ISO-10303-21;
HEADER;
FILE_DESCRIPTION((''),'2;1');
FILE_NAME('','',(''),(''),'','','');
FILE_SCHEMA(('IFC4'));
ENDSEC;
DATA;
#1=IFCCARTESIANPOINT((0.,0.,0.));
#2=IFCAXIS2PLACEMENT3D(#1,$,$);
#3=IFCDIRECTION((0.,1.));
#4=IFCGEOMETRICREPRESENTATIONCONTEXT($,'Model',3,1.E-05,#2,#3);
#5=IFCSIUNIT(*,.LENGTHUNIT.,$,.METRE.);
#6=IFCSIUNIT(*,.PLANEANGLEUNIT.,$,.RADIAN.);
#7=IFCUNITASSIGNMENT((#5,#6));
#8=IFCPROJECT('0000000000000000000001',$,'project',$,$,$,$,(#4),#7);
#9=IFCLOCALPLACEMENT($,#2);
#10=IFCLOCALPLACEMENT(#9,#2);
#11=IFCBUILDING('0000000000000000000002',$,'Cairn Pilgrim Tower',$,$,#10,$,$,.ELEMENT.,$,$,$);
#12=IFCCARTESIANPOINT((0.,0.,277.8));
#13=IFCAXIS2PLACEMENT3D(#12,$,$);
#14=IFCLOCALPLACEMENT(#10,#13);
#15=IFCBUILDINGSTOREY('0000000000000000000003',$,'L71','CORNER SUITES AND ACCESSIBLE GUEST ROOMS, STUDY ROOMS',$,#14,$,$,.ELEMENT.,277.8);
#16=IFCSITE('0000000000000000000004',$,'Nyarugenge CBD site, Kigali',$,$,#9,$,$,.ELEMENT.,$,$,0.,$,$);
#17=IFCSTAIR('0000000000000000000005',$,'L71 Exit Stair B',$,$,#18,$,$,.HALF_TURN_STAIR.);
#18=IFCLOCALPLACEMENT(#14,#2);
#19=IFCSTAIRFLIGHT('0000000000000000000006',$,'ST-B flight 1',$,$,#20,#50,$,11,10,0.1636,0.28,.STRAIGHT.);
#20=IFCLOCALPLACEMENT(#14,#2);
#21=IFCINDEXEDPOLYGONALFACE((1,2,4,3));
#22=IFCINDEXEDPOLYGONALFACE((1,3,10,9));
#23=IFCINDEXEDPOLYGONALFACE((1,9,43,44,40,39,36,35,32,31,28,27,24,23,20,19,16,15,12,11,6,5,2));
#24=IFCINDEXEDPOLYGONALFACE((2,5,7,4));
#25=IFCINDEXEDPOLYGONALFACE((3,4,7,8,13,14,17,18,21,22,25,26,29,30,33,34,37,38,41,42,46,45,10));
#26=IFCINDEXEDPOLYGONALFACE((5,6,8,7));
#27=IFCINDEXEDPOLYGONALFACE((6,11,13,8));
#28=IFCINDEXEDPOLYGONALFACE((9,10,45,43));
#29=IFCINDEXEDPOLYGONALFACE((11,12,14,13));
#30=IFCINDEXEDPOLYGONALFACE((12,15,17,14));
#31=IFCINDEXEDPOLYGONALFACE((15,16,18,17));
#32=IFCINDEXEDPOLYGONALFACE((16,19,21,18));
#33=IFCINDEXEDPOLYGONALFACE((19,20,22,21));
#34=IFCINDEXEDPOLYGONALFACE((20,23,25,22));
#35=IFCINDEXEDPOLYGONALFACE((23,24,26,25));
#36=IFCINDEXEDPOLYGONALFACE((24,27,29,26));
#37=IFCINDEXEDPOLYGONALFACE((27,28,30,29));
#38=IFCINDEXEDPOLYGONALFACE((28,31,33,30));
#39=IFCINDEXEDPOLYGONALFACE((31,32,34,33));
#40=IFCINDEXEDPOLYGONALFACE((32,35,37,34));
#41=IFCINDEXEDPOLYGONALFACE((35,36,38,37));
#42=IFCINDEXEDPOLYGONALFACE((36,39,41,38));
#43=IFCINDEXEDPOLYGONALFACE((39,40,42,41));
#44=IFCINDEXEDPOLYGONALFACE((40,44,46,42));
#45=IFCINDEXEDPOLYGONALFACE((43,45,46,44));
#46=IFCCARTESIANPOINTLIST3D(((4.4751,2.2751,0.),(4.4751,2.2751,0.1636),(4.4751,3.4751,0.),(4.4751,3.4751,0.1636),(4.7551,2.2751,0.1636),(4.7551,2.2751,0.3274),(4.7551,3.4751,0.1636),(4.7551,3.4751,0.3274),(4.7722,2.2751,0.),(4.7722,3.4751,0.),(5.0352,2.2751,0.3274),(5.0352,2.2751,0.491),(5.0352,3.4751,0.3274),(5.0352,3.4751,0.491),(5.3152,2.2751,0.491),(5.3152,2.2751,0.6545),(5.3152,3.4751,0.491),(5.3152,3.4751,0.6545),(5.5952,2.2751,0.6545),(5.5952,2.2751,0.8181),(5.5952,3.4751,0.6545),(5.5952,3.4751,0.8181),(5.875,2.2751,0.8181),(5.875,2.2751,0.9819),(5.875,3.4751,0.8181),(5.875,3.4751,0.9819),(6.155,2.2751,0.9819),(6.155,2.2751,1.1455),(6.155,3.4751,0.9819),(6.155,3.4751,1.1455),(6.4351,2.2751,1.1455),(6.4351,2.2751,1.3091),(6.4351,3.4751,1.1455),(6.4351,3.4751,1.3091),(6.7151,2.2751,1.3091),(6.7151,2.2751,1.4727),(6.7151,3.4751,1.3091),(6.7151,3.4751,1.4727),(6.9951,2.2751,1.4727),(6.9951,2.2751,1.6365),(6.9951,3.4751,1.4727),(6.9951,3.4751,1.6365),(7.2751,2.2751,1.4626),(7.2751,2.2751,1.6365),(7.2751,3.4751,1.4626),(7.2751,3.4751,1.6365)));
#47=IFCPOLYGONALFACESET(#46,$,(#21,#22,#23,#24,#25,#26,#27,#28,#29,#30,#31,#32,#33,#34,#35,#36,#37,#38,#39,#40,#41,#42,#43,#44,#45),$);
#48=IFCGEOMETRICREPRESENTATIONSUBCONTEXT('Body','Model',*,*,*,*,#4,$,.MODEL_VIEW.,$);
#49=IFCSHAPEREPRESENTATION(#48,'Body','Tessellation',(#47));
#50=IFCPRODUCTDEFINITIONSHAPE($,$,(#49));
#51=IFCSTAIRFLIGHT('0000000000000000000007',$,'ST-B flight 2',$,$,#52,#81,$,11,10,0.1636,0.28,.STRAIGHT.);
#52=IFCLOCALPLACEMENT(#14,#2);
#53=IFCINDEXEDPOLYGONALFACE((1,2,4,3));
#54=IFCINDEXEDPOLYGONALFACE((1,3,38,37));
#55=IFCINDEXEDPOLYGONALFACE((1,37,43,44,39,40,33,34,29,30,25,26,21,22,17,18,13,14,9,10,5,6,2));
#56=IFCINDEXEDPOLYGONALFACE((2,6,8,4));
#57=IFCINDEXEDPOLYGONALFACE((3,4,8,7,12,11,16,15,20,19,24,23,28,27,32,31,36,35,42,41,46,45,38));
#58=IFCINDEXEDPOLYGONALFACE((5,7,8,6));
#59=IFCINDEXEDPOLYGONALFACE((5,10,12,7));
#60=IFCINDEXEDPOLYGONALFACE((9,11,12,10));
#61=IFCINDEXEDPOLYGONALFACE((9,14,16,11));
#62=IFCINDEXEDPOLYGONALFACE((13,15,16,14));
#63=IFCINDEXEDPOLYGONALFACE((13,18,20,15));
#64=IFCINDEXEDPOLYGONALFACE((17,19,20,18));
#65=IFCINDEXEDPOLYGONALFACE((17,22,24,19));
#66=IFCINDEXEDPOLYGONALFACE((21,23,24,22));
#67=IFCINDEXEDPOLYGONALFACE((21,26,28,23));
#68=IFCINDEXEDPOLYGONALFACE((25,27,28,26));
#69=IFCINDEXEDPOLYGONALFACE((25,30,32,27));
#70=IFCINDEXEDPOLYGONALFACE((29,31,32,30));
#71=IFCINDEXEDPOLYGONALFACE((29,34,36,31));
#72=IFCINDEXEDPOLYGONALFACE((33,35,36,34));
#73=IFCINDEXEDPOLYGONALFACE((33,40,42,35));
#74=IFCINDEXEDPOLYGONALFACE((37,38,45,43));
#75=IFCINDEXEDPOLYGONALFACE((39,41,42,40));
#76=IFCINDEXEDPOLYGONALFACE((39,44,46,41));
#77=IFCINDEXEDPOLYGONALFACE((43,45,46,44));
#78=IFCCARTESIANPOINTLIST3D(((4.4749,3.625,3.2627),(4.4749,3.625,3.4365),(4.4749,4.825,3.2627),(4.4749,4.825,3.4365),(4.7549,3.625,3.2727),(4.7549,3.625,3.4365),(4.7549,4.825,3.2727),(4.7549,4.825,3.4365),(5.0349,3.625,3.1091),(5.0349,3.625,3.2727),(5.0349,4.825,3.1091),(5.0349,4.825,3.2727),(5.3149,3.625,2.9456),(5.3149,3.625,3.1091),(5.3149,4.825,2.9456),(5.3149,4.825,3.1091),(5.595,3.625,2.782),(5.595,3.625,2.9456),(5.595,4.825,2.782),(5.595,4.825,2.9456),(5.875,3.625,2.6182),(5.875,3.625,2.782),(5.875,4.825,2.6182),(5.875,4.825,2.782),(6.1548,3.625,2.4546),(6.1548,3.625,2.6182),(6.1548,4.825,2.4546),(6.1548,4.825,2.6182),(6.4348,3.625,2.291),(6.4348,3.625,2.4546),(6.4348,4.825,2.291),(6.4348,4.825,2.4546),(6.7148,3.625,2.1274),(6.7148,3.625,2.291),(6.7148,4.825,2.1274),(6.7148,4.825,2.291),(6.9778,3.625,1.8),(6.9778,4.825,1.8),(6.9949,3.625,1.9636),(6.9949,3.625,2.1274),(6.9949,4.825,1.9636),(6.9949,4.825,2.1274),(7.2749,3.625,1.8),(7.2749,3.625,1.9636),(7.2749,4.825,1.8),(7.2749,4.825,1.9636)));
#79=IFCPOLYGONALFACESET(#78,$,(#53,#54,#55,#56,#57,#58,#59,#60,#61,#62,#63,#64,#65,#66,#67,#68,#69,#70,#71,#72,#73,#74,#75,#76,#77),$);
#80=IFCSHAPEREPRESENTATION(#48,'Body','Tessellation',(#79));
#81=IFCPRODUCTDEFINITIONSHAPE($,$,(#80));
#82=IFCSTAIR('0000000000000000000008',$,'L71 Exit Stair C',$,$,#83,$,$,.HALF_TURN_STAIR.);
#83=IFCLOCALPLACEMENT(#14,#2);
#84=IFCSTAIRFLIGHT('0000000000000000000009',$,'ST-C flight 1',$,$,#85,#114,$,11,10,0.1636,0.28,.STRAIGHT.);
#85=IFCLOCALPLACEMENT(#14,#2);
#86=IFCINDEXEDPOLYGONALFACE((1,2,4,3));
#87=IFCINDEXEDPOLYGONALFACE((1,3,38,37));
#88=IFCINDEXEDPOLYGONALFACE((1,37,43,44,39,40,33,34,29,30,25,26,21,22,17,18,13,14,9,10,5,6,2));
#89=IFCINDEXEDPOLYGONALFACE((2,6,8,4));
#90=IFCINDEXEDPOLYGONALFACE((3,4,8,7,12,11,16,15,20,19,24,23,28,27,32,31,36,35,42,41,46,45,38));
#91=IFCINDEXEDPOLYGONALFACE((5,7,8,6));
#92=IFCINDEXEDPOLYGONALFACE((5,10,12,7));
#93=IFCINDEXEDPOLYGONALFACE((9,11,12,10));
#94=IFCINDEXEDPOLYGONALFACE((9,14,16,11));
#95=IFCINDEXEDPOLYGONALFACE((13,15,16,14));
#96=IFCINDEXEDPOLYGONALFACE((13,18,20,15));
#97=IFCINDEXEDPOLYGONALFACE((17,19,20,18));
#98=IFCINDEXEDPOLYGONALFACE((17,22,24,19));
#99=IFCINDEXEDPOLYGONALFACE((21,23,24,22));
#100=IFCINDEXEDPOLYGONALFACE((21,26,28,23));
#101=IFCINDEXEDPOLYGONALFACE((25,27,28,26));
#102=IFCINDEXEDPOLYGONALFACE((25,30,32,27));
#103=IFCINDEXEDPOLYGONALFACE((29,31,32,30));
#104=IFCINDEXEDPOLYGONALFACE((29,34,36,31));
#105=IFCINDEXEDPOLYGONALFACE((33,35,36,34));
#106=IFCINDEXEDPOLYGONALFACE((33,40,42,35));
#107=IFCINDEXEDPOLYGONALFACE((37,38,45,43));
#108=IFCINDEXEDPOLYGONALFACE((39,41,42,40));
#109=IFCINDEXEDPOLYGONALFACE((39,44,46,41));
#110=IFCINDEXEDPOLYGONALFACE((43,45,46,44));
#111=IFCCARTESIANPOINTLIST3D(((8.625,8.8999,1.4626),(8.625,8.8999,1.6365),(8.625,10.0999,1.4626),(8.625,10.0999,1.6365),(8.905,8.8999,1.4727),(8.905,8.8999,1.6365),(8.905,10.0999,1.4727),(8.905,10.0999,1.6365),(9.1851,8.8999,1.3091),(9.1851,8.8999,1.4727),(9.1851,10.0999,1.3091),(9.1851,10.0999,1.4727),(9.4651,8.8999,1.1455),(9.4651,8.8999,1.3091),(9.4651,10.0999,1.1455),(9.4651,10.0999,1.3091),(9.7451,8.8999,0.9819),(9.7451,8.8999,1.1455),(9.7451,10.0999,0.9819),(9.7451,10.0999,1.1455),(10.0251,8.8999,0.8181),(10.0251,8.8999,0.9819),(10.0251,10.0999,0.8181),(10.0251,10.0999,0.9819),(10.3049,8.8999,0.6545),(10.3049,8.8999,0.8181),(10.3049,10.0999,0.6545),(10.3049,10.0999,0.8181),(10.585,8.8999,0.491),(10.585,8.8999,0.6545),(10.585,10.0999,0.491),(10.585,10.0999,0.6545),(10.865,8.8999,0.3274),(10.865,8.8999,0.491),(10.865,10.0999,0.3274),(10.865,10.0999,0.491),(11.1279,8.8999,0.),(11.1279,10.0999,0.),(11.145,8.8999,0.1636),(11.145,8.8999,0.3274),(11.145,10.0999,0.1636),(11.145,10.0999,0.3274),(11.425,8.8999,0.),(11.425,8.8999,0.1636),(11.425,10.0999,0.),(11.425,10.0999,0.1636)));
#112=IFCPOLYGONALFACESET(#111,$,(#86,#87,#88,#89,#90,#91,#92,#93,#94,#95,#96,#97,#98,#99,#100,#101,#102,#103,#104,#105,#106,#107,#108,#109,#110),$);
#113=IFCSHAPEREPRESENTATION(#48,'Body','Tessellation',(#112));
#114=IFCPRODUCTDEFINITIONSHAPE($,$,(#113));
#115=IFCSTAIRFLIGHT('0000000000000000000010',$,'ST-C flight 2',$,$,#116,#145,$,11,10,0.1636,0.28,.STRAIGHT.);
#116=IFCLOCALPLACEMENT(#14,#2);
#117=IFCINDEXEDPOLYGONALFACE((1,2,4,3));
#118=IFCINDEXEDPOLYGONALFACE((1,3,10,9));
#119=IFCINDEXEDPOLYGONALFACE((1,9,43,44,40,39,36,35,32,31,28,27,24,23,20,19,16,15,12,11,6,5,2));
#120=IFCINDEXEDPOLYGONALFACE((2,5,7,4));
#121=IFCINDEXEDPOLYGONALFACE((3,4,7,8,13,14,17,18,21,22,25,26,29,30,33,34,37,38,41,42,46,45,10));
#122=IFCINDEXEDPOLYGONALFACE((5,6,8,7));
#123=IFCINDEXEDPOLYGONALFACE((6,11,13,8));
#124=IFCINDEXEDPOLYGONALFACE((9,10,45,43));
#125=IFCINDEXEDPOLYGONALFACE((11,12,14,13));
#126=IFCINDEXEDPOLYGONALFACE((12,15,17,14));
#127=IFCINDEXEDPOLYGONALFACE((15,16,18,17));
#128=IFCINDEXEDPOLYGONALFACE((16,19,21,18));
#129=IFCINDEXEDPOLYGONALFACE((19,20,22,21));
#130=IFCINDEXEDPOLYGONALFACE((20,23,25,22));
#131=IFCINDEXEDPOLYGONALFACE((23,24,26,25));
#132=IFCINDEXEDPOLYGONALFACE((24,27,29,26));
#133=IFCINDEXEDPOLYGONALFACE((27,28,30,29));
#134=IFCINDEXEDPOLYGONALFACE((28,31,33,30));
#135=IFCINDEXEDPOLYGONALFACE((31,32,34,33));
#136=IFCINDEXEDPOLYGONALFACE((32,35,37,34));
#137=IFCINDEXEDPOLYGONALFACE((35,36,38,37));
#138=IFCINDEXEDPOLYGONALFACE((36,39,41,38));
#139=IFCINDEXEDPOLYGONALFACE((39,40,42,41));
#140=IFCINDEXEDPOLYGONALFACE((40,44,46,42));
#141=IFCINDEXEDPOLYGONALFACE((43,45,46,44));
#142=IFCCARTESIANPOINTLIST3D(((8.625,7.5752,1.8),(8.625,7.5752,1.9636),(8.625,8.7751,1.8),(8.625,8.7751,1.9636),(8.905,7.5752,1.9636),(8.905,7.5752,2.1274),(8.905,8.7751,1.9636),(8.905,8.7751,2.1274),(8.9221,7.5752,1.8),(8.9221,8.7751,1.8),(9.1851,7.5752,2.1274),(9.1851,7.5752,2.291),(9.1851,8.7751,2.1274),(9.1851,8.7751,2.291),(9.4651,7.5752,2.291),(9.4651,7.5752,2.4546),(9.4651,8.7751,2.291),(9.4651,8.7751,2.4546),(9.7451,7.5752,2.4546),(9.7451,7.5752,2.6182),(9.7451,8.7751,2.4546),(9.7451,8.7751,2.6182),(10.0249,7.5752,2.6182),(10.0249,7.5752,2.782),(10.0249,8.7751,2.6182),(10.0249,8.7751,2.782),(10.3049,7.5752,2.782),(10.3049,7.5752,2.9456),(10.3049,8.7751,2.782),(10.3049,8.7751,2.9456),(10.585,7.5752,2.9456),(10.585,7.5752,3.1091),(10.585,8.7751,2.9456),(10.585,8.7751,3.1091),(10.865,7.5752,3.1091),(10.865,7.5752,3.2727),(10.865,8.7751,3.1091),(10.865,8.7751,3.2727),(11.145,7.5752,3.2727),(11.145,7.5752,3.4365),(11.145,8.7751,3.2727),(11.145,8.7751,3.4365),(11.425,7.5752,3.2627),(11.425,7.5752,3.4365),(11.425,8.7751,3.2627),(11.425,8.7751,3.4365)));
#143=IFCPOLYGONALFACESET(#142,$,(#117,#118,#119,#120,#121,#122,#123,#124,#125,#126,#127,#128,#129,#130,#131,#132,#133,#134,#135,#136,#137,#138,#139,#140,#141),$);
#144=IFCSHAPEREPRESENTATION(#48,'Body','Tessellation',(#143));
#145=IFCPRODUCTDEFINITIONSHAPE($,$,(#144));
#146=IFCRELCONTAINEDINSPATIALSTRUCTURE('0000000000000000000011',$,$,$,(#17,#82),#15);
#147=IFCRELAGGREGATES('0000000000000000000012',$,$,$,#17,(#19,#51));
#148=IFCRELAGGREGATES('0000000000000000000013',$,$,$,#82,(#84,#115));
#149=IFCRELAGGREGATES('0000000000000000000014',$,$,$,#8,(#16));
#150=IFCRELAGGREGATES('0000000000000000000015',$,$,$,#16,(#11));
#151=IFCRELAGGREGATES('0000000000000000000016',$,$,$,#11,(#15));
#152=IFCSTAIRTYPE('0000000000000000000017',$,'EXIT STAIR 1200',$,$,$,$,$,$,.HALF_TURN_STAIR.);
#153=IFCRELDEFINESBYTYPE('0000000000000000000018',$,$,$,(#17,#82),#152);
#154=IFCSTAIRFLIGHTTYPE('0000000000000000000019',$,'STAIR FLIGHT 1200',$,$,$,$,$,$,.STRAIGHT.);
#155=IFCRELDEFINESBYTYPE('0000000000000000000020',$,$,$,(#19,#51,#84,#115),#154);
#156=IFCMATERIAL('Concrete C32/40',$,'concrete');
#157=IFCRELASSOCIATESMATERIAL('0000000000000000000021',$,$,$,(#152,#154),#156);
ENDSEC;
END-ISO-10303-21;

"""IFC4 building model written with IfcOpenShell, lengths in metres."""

from ifc_helpers import new_model, si_unit, direction, frame, origin, place, context, subcontext, project, spatial, polyline, outline, extrude, material, type_object, element, aggregate, save


model = new_model("IFC4")

# Units and contexts
model_context = context("Model", 3, precision=1e-05, world=origin(), true_north=direction((0.0, 1.0)))
body_context = subcontext(model_context, "Body", "Model", "MODEL_VIEW")
ifc_project = project(units=[si_unit("LENGTHUNIT", "METRE"), si_unit("PLANEANGLEUNIT", "RADIAN")], contexts=[model_context])

# Site, building, storey
site_placement = place(None, origin())
site = spatial("IfcSite", under=ifc_project, at=site_placement, Name="Nyarugenge CBD site, Kigali", CompositionType="ELEMENT", RefElevation=0.0)
building_placement = place(site_placement, origin())
building = spatial("IfcBuilding", under=site, at=building_placement, Name="Cairn Pilgrim Tower", CompositionType="ELEMENT")
storey_placement = place(building_placement, frame((0.0, 0.0, 277.8)))
storey = spatial("IfcBuildingStorey", under=building, at=storey_placement, Name="L71", Description="CORNER SUITES AND ACCESSIBLE GUEST ROOMS, STUDY ROOMS", CompositionType="ELEMENT", Elevation=277.8)

# Shared definitions
ifc_material_1 = material(Name="Concrete C32/40", Category="concrete")

# Stairs, stair flights
stair_type = type_object("IfcStairType", Name="EXIT STAIR 1200", PredefinedType="HALF_TURN_STAIR", material=ifc_material_1)
stair_1_placement = place(storey_placement, origin())
stair_1 = element("IfcStair", 1, at=stair_1_placement, inside=storey, type_object=stair_type, Name="L71 Exit Stair B", PredefinedType="HALF_TURN_STAIR")
stair_flight_type = type_object("IfcStairFlightType", Name="STAIR FLIGHT 1200", PredefinedType="STRAIGHT", material=ifc_material_1)
stair_flight_1_placement = place(storey_placement, frame((4.4751, 2.875, 0.0), z_axis=(0.0, 0.0, 1.0), x_axis=(1.0, 0.0, 0.0)))
stair_flight_1 = element("IfcStairFlight", 2, at=stair_flight_1_placement, type_object=stair_flight_type, Name="ST-B flight 1", NumberOfRisers=11, NumberOfTreads=10, PredefinedType="STRAIGHT", RiserHeight=0.1636, TreadLength=0.28, context=body_context, shape_type="SweptSolid", body=[
    extrude(outline(polyline([(0.0, 0.0), (0.0, 0.1636), (0.28, 0.1636), (0.28, 0.3274), (0.5601, 0.3274), (0.5601, 0.491), (0.8401, 0.491), (0.8401, 0.6545), (1.1201, 0.6545), (1.1201, 0.8181), (1.3999, 0.8181), (1.3999, 0.9819), (1.6799, 0.9819), (1.6799, 1.1455), (1.96, 1.1455), (1.96, 1.3091), (2.24, 1.3091), (2.24, 1.4727), (2.52, 1.4727), (2.52, 1.6365), (2.8, 1.6365), (2.8, 1.8), (2.8, 1.4626), (0.2971, 0.0), (0.0, 0.0)])), frame((0.0, 0.6001, 0.0), z_axis=(0.0, -1.0, 0.0), x_axis=(1.0, 0.0, 0.0)), (0.0, 0.0, 1.0), 1.2),
])
stair_flight_2_placement = place(storey_placement, frame((7.2749, 4.2251, 1.8), z_axis=(0.0, 0.0, 1.0), x_axis=(-1.0, 0.0, 0.0)))
stair_flight_2 = element("IfcStairFlight", 3, at=stair_flight_2_placement, type_object=stair_flight_type, Name="ST-B flight 2", NumberOfRisers=11, NumberOfTreads=10, PredefinedType="STRAIGHT", RiserHeight=0.1636, TreadLength=0.28, context=body_context, shape_type="SweptSolid", body=[
    extrude(outline(polyline([(0.0, 0.0), (0.0, 0.1636), (0.28, 0.1636), (0.28, 0.3274), (0.5601, 0.3274), (0.5601, 0.491), (0.8401, 0.491), (0.8401, 0.6545), (1.1201, 0.6545), (1.1201, 0.8181), (1.3999, 0.8181), (1.3999, 0.9819), (1.6799, 0.9819), (1.6799, 1.1455), (1.96, 1.1455), (1.96, 1.3091), (2.24, 1.3091), (2.24, 1.4727), (2.52, 1.4727), (2.52, 1.6365), (2.8, 1.6365), (2.8, 1.8), (2.8, 1.4626), (0.2971, 0.0), (0.0, 0.0)])), frame((0.0, 0.6001, 0.0), z_axis=(0.0, -1.0, 0.0), x_axis=(1.0, 0.0, 0.0)), (0.0, 0.0, 1.0), 1.2),
])
aggregate(stair_1, [stair_flight_1, stair_flight_2])
stair_2_placement = place(storey_placement, origin())
stair_2 = element("IfcStair", 4, at=stair_2_placement, inside=storey, type_object=stair_type, Name="L71 Exit Stair C", PredefinedType="HALF_TURN_STAIR")
stair_flight_3_placement = place(storey_placement, frame((11.425, 9.5, 0.0), z_axis=(0.0, 0.0, 1.0), x_axis=(-1.0, 0.0, 0.0)))
stair_flight_3 = element("IfcStairFlight", 5, at=stair_flight_3_placement, type_object=stair_flight_type, Name="ST-C flight 1", NumberOfRisers=11, NumberOfTreads=10, PredefinedType="STRAIGHT", RiserHeight=0.1636, TreadLength=0.28, context=body_context, shape_type="SweptSolid", body=[
    extrude(outline(polyline([(0.0, 0.0), (0.0, 0.1636), (0.28, 0.1636), (0.28, 0.3274), (0.5601, 0.3274), (0.5601, 0.491), (0.8401, 0.491), (0.8401, 0.6545), (1.1201, 0.6545), (1.1201, 0.8181), (1.3999, 0.8181), (1.3999, 0.9819), (1.6799, 0.9819), (1.6799, 1.1455), (1.96, 1.1455), (1.96, 1.3091), (2.24, 1.3091), (2.24, 1.4727), (2.52, 1.4727), (2.52, 1.6365), (2.8, 1.6365), (2.8, 1.8), (2.8, 1.4626), (0.2971, 0.0), (0.0, 0.0)])), frame((0.0, 0.6001, 0.0), z_axis=(0.0, -1.0, 0.0), x_axis=(1.0, 0.0, 0.0)), (0.0, 0.0, 1.0), 1.2),
])
stair_flight_4_placement = place(storey_placement, frame((8.625, 8.175, 1.8), z_axis=(0.0, 0.0, 1.0), x_axis=(1.0, 0.0, 0.0)))
stair_flight_4 = element("IfcStairFlight", 6, at=stair_flight_4_placement, type_object=stair_flight_type, Name="ST-C flight 2", NumberOfRisers=11, NumberOfTreads=10, PredefinedType="STRAIGHT", RiserHeight=0.1636, TreadLength=0.28, context=body_context, shape_type="SweptSolid", body=[
    extrude(outline(polyline([(0.0, 0.0), (0.0, 0.1636), (0.28, 0.1636), (0.28, 0.3274), (0.5601, 0.3274), (0.5601, 0.491), (0.8401, 0.491), (0.8401, 0.6545), (1.1201, 0.6545), (1.1201, 0.8181), (1.3999, 0.8181), (1.3999, 0.9819), (1.6799, 0.9819), (1.6799, 1.1455), (1.96, 1.1455), (1.96, 1.3091), (2.24, 1.3091), (2.24, 1.4727), (2.52, 1.4727), (2.52, 1.6365), (2.8, 1.6365), (2.8, 1.8), (2.8, 1.4626), (0.2971, 0.0), (0.0, 0.0)])), frame((0.0, 0.6001, 0.0), z_axis=(0.0, -1.0, 0.0), x_axis=(1.0, 0.0, 0.0)), (0.0, 0.0, 1.0), 1.2),
])
aggregate(stair_2, [stair_flight_3, stair_flight_4])

save(model, "model.ifc")
